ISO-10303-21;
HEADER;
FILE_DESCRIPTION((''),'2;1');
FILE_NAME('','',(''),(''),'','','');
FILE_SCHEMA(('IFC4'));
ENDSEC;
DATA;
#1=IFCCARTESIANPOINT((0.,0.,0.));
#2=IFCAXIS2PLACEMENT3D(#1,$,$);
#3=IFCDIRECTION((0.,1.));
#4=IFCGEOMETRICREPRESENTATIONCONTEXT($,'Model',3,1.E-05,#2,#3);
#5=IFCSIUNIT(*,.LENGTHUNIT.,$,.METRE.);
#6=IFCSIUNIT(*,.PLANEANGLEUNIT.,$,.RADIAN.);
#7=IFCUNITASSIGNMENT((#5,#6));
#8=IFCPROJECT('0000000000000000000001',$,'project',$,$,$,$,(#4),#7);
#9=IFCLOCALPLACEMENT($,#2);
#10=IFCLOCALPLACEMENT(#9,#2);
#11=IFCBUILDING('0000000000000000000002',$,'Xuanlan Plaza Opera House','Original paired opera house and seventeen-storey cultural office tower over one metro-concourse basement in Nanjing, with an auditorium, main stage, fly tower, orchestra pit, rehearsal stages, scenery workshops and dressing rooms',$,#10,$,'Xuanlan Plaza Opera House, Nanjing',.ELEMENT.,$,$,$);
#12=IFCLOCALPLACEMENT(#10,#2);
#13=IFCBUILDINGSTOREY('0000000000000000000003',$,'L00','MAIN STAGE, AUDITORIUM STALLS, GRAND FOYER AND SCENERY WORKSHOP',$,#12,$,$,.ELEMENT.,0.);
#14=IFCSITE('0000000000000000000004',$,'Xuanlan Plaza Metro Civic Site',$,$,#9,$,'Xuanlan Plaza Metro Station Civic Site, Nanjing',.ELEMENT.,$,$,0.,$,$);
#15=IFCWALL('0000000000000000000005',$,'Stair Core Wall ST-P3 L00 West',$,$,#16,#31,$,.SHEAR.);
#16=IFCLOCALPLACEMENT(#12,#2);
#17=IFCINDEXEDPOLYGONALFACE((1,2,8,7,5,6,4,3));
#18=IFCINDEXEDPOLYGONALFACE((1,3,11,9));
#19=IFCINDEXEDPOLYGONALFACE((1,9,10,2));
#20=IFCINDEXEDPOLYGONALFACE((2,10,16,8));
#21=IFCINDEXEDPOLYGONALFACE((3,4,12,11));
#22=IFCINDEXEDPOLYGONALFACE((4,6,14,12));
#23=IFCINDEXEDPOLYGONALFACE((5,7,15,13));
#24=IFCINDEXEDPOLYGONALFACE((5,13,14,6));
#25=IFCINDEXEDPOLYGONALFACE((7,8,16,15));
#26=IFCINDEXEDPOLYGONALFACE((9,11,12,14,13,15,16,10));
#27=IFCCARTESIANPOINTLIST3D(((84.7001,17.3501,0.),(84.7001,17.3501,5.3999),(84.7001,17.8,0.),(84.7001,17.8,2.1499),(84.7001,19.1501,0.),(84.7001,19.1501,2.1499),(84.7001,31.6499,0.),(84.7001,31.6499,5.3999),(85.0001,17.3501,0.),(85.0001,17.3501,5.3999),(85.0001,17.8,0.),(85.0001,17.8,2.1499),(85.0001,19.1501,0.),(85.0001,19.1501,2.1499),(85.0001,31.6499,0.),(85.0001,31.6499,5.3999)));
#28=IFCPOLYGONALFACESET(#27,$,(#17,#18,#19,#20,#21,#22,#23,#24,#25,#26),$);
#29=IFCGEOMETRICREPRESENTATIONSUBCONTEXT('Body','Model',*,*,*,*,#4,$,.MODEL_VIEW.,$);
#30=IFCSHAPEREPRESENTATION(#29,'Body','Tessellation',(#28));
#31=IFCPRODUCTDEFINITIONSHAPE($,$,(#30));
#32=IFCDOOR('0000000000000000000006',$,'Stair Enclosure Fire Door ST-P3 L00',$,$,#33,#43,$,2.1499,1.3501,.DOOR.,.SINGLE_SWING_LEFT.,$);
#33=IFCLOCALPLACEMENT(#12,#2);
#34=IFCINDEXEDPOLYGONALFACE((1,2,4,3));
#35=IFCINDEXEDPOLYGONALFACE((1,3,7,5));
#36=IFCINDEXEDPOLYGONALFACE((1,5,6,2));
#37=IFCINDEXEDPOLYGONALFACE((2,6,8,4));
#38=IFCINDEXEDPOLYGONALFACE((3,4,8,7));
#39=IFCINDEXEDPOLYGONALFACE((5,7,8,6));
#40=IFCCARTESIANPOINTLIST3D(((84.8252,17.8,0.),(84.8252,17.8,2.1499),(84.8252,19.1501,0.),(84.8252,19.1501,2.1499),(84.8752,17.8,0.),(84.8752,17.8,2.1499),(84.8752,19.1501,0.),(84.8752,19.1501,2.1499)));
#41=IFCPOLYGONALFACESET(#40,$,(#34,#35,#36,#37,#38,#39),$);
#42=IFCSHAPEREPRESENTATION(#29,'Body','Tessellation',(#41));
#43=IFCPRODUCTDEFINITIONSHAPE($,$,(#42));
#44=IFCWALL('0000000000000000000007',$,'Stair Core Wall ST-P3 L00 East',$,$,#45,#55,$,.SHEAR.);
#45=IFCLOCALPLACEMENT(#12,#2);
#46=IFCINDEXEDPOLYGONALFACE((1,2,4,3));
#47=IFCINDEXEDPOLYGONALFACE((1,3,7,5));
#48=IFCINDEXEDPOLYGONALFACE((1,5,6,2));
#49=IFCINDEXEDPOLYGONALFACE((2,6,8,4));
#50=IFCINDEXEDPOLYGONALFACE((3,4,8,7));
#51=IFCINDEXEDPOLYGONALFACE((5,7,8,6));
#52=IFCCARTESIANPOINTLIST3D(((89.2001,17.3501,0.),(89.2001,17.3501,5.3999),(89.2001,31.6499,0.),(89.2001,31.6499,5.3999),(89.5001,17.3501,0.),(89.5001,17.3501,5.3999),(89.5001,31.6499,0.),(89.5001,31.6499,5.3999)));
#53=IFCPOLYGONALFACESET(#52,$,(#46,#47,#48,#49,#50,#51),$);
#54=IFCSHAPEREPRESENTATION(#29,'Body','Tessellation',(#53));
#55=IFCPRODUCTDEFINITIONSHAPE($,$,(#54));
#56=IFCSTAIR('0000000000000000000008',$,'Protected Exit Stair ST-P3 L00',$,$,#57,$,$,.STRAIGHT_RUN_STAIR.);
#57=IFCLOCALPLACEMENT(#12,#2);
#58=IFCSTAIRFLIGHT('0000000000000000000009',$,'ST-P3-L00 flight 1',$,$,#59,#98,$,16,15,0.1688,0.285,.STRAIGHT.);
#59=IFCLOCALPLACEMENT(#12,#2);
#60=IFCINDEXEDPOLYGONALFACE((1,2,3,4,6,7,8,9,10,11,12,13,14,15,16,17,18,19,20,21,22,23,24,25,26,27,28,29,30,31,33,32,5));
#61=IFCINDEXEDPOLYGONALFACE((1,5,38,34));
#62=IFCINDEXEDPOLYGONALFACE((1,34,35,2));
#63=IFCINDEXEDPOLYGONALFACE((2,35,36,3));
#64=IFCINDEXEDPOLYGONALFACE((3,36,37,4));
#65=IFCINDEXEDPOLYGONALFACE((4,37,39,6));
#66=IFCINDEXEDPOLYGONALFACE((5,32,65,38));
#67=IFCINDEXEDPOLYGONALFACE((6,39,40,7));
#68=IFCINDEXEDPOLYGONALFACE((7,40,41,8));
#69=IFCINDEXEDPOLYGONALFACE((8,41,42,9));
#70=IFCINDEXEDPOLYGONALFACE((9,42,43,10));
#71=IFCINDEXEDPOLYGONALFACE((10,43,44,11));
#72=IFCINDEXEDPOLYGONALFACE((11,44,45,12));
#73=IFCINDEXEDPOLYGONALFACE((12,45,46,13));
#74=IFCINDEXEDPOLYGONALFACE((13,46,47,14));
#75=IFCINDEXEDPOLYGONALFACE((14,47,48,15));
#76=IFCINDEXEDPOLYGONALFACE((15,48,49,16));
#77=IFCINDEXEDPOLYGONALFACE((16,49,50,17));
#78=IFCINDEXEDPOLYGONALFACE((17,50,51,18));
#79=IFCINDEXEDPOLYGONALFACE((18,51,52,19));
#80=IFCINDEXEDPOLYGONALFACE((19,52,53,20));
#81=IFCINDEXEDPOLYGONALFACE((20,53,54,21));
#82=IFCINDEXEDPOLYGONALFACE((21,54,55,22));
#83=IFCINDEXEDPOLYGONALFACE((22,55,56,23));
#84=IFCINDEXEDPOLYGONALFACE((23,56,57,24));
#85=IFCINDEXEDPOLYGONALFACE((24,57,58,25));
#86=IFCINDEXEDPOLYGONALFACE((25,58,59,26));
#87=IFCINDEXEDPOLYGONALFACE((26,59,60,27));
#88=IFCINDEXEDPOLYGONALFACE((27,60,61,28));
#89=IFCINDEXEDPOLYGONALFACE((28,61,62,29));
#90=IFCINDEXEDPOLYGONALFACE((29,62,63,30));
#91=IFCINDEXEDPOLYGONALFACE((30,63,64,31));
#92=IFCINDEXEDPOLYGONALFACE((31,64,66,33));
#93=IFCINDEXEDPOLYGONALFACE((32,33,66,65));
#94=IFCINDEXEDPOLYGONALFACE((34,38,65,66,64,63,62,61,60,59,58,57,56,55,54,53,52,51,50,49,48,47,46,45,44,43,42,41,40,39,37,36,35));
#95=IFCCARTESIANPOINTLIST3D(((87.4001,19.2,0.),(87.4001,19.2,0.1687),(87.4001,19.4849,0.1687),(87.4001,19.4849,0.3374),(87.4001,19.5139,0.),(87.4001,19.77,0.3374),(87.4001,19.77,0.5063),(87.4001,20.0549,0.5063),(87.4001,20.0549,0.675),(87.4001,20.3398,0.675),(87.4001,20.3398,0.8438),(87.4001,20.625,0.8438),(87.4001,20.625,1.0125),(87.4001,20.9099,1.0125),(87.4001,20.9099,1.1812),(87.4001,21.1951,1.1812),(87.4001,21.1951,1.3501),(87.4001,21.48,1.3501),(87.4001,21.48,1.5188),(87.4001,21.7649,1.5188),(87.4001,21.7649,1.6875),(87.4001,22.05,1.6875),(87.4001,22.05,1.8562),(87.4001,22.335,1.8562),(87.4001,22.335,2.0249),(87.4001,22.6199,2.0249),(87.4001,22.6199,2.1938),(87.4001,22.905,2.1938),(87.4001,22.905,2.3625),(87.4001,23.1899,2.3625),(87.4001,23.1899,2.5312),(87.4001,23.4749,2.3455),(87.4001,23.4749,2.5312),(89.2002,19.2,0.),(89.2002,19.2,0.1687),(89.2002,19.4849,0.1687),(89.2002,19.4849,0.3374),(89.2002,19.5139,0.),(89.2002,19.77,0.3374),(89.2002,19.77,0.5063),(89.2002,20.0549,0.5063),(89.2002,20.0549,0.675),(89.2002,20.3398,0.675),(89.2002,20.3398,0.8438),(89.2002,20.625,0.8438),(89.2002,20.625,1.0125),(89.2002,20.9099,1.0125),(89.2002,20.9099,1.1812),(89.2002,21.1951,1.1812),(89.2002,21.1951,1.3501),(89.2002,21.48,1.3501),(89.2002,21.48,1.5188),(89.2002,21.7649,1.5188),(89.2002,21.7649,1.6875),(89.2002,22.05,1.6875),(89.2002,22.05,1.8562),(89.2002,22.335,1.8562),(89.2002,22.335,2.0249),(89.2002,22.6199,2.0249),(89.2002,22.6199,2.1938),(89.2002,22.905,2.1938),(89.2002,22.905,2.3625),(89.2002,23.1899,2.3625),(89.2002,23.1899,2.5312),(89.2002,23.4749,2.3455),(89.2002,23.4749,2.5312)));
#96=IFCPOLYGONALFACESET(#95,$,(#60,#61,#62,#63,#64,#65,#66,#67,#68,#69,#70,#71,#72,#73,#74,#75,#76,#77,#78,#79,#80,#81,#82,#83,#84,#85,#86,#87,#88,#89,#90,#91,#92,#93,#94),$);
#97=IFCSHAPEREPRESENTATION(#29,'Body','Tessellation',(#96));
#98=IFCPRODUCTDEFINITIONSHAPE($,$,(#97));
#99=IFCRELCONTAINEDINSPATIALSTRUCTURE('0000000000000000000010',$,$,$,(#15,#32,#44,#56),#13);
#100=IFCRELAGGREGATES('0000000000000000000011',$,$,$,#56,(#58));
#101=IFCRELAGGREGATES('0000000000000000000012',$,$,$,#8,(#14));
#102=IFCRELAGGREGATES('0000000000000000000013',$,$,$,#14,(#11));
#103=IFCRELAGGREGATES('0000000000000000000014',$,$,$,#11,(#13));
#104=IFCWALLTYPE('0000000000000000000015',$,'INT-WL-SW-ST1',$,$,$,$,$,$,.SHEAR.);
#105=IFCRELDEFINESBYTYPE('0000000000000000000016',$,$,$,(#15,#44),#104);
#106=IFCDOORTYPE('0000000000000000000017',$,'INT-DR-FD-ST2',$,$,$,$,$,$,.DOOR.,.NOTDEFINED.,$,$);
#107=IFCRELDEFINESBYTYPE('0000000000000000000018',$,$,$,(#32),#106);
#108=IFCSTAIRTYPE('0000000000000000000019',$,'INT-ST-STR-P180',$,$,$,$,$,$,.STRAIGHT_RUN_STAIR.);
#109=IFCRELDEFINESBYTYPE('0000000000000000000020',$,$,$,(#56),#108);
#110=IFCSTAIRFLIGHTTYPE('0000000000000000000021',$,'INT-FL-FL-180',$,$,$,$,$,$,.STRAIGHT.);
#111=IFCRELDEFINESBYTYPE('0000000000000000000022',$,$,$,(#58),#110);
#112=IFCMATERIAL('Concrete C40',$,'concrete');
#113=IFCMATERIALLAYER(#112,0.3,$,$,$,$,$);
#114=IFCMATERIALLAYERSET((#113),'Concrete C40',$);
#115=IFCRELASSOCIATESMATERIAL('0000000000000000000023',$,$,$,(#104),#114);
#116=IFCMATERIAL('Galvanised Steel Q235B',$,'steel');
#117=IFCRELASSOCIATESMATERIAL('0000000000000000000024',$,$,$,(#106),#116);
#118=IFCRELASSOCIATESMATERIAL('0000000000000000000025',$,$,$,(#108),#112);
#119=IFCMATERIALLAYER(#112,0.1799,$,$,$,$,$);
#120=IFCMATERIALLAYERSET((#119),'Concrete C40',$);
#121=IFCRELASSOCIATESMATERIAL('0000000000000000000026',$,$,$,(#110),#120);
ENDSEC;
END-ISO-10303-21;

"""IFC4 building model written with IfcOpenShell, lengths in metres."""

from ifc_helpers import new_model, si_unit, direction, frame, frame_2d, origin, place, context, subcontext, project, spatial, polyline, rectangle, outline, extrude, material, layer, layer_set, type_object, element, fill, aggregate, save


model = new_model("IFC4")

# Units and contexts
model_context = context("Model", 3, precision=1e-05, world=origin(), true_north=direction((0.0, 1.0)))
body_context = subcontext(model_context, "Body", "Model", "MODEL_VIEW")
ifc_project = project(units=[si_unit("LENGTHUNIT", "METRE"), si_unit("PLANEANGLEUNIT", "RADIAN")], contexts=[model_context])

# Site, building, storey
site_placement = place(None, origin())
site = spatial("IfcSite", under=ifc_project, at=site_placement, Name="Xuanlan Plaza Metro Civic Site", LongName="Xuanlan Plaza Metro Station Civic Site, Nanjing", CompositionType="ELEMENT", RefElevation=0.0)
building_placement = place(site_placement, origin())
building = spatial("IfcBuilding", under=site, at=building_placement, Name="Xuanlan Plaza Opera House", Description="Original paired opera house and seventeen-storey cultural office tower over one metro-concourse basement in Nanjing, with an auditorium, main stage, fly tower, orchestra pit, rehearsal stages, scenery workshops and dressing rooms", LongName="Xuanlan Plaza Opera House, Nanjing", CompositionType="ELEMENT")
storey_placement = place(building_placement, origin())
storey = spatial("IfcBuildingStorey", under=building, at=storey_placement, Name="L00", Description="MAIN STAGE, AUDITORIUM STALLS, GRAND FOYER AND SCENERY WORKSHOP", CompositionType="ELEMENT", Elevation=0.0)

# Shared definitions
ifc_material_1 = material(Name="Concrete C40", Category="concrete")

# Shared definitions
ifc_layer_1 = layer(ifc_material_1, 0.3)
ifc_layer_set_1 = layer_set([ifc_layer_1], Name="Concrete C40")
wall_type_1 = type_object("IfcWallType", Name="INT-WL-SW-ST1", PredefinedType="SHEAR", material=ifc_layer_set_1)

# Wall, opening, door
wall_1_placement = place(storey_placement, frame((84.8501, 17.3501, 0.0), z_axis=(0.0, 0.0, 1.0), x_axis=(0.0, 1.0, 0.0)))
wall_1 = element("IfcWall", 1, at=wall_1_placement, inside=storey, type_object=wall_type_1, Name="Stair Core Wall ST-P3 L00 West", PredefinedType="SHEAR", context=body_context, shape_type="SweptSolid", body=[
    extrude(rectangle(XDim=14.2998, YDim=0.3, at=frame_2d((7.1499, 0.0))), origin(), (0.0, 0.0, 1.0), 5.3999),
])
opening_1_placement = place(wall_1_placement, frame((0.45, 0.0, 0.0)))
opening_1 = element("IfcOpeningElement", 2, at=opening_1_placement, cuts=wall_1, PredefinedType="OPENING", context=body_context, shape_type="SweptSolid", body=[
    extrude(rectangle(XDim=1.3501, YDim=2.1499, at=frame_2d((0.675, 1.075))), frame((0.0, 0.1599, 0.0), z_axis=(0.0, -1.0, 0.0), x_axis=(1.0, 0.0, 0.0)), (0.0, 0.0, 1.0), 0.3201),
])
ifc_material_2 = material(Name="Galvanised Steel Q235B", Category="steel")
door_type_1 = type_object("IfcDoorType", Name="INT-DR-FD-ST2", OperationType="NOTDEFINED", PredefinedType="DOOR", material=ifc_material_2)
door_1_placement = place(opening_1_placement, origin())
door_1 = element("IfcDoor", 3, at=door_1_placement, inside=storey, type_object=door_type_1, Name="Stair Enclosure Fire Door ST-P3 L00", OperationType="SINGLE_SWING_LEFT", OverallHeight=2.1499, OverallWidth=1.3501, PredefinedType="DOOR", context=body_context, shape_type="SweptSolid", body=[
    extrude(rectangle(XDim=1.3501, YDim=2.1499, at=frame_2d((0.675, 1.075))), frame((0.0, 0.0249, 0.0), z_axis=(0.0, -1.0, 0.0), x_axis=(1.0, 0.0, 0.0)), (0.0, 0.0, 1.0), 0.05),
])
fill(opening_1, door_1)

# Wall
wall_2_placement = place(storey_placement, frame((89.3501, 17.3501, 0.0), z_axis=(0.0, 0.0, 1.0), x_axis=(0.0, 1.0, 0.0)))
element("IfcWall", 4, at=wall_2_placement, inside=storey, type_object=wall_type_1, Name="Stair Core Wall ST-P3 L00 East", PredefinedType="SHEAR", context=body_context, shape_type="SweptSolid", body=[
    extrude(rectangle(XDim=14.2998, YDim=0.3, at=frame_2d((7.1499, 0.0))), origin(), (0.0, 0.0, 1.0), 5.3999),
])

# Stair, stair flight
stair_type = type_object("IfcStairType", Name="INT-ST-STR-P180", PredefinedType="STRAIGHT_RUN_STAIR", material=ifc_material_1)
stair_placement = place(storey_placement, origin())
stair = element("IfcStair", 5, at=stair_placement, inside=storey, type_object=stair_type, Name="Protected Exit Stair ST-P3 L00", PredefinedType="STRAIGHT_RUN_STAIR")
ifc_layer_2 = layer(ifc_material_1, 0.1799)
ifc_layer_set_2 = layer_set([ifc_layer_2], Name="Concrete C40")
stair_flight_type = type_object("IfcStairFlightType", Name="INT-FL-FL-180", PredefinedType="STRAIGHT", material=ifc_layer_set_2)
stair_flight_placement = place(storey_placement, frame((88.3, 19.2, 0.0), z_axis=(0.0, 0.0, 1.0), x_axis=(0.0, 1.0, 0.0)))
stair_flight = element("IfcStairFlight", 6, at=stair_flight_placement, type_object=stair_flight_type, Name="ST-P3-L00 flight 1", NumberOfRisers=16, NumberOfTreads=15, PredefinedType="STRAIGHT", RiserHeight=0.1688, TreadLength=0.285, context=body_context, shape_type="SweptSolid", body=[
    extrude(outline(polyline([(0.0, 0.0), (0.0, 0.1687), (0.2849, 0.1687), (0.2849, 0.3374), (0.5701, 0.3374), (0.5701, 0.5063), (0.855, 0.5063), (0.855, 0.675), (1.1399, 0.675), (1.1399, 0.8438), (1.425, 0.8438), (1.425, 1.0125), (1.71, 1.0125), (1.71, 1.1812), (1.9951, 1.1812), (1.9951, 1.3501), (2.28, 1.3501), (2.28, 1.5188), (2.5649, 1.5188), (2.5649, 1.6875), (2.8501, 1.6875), (2.8501, 1.8562), (3.135, 1.8562), (3.135, 2.0249), (3.4199, 2.0249), (3.4199, 2.1938), (3.7051, 2.1938), (3.7051, 2.3625), (3.99, 2.3625), (3.99, 2.5312), (4.2749, 2.5312), (4.2749, 2.7), (4.2749, 2.3455), (0.314, 0.0), (0.0, 0.0)])), frame((0.0, 0.8999, 0.0), z_axis=(0.0, -1.0, 0.0), x_axis=(1.0, 0.0, 0.0)), (0.0, 0.0, 1.0), 1.8),
])
aggregate(stair, [stair_flight])

save(model, "model.ifc")
